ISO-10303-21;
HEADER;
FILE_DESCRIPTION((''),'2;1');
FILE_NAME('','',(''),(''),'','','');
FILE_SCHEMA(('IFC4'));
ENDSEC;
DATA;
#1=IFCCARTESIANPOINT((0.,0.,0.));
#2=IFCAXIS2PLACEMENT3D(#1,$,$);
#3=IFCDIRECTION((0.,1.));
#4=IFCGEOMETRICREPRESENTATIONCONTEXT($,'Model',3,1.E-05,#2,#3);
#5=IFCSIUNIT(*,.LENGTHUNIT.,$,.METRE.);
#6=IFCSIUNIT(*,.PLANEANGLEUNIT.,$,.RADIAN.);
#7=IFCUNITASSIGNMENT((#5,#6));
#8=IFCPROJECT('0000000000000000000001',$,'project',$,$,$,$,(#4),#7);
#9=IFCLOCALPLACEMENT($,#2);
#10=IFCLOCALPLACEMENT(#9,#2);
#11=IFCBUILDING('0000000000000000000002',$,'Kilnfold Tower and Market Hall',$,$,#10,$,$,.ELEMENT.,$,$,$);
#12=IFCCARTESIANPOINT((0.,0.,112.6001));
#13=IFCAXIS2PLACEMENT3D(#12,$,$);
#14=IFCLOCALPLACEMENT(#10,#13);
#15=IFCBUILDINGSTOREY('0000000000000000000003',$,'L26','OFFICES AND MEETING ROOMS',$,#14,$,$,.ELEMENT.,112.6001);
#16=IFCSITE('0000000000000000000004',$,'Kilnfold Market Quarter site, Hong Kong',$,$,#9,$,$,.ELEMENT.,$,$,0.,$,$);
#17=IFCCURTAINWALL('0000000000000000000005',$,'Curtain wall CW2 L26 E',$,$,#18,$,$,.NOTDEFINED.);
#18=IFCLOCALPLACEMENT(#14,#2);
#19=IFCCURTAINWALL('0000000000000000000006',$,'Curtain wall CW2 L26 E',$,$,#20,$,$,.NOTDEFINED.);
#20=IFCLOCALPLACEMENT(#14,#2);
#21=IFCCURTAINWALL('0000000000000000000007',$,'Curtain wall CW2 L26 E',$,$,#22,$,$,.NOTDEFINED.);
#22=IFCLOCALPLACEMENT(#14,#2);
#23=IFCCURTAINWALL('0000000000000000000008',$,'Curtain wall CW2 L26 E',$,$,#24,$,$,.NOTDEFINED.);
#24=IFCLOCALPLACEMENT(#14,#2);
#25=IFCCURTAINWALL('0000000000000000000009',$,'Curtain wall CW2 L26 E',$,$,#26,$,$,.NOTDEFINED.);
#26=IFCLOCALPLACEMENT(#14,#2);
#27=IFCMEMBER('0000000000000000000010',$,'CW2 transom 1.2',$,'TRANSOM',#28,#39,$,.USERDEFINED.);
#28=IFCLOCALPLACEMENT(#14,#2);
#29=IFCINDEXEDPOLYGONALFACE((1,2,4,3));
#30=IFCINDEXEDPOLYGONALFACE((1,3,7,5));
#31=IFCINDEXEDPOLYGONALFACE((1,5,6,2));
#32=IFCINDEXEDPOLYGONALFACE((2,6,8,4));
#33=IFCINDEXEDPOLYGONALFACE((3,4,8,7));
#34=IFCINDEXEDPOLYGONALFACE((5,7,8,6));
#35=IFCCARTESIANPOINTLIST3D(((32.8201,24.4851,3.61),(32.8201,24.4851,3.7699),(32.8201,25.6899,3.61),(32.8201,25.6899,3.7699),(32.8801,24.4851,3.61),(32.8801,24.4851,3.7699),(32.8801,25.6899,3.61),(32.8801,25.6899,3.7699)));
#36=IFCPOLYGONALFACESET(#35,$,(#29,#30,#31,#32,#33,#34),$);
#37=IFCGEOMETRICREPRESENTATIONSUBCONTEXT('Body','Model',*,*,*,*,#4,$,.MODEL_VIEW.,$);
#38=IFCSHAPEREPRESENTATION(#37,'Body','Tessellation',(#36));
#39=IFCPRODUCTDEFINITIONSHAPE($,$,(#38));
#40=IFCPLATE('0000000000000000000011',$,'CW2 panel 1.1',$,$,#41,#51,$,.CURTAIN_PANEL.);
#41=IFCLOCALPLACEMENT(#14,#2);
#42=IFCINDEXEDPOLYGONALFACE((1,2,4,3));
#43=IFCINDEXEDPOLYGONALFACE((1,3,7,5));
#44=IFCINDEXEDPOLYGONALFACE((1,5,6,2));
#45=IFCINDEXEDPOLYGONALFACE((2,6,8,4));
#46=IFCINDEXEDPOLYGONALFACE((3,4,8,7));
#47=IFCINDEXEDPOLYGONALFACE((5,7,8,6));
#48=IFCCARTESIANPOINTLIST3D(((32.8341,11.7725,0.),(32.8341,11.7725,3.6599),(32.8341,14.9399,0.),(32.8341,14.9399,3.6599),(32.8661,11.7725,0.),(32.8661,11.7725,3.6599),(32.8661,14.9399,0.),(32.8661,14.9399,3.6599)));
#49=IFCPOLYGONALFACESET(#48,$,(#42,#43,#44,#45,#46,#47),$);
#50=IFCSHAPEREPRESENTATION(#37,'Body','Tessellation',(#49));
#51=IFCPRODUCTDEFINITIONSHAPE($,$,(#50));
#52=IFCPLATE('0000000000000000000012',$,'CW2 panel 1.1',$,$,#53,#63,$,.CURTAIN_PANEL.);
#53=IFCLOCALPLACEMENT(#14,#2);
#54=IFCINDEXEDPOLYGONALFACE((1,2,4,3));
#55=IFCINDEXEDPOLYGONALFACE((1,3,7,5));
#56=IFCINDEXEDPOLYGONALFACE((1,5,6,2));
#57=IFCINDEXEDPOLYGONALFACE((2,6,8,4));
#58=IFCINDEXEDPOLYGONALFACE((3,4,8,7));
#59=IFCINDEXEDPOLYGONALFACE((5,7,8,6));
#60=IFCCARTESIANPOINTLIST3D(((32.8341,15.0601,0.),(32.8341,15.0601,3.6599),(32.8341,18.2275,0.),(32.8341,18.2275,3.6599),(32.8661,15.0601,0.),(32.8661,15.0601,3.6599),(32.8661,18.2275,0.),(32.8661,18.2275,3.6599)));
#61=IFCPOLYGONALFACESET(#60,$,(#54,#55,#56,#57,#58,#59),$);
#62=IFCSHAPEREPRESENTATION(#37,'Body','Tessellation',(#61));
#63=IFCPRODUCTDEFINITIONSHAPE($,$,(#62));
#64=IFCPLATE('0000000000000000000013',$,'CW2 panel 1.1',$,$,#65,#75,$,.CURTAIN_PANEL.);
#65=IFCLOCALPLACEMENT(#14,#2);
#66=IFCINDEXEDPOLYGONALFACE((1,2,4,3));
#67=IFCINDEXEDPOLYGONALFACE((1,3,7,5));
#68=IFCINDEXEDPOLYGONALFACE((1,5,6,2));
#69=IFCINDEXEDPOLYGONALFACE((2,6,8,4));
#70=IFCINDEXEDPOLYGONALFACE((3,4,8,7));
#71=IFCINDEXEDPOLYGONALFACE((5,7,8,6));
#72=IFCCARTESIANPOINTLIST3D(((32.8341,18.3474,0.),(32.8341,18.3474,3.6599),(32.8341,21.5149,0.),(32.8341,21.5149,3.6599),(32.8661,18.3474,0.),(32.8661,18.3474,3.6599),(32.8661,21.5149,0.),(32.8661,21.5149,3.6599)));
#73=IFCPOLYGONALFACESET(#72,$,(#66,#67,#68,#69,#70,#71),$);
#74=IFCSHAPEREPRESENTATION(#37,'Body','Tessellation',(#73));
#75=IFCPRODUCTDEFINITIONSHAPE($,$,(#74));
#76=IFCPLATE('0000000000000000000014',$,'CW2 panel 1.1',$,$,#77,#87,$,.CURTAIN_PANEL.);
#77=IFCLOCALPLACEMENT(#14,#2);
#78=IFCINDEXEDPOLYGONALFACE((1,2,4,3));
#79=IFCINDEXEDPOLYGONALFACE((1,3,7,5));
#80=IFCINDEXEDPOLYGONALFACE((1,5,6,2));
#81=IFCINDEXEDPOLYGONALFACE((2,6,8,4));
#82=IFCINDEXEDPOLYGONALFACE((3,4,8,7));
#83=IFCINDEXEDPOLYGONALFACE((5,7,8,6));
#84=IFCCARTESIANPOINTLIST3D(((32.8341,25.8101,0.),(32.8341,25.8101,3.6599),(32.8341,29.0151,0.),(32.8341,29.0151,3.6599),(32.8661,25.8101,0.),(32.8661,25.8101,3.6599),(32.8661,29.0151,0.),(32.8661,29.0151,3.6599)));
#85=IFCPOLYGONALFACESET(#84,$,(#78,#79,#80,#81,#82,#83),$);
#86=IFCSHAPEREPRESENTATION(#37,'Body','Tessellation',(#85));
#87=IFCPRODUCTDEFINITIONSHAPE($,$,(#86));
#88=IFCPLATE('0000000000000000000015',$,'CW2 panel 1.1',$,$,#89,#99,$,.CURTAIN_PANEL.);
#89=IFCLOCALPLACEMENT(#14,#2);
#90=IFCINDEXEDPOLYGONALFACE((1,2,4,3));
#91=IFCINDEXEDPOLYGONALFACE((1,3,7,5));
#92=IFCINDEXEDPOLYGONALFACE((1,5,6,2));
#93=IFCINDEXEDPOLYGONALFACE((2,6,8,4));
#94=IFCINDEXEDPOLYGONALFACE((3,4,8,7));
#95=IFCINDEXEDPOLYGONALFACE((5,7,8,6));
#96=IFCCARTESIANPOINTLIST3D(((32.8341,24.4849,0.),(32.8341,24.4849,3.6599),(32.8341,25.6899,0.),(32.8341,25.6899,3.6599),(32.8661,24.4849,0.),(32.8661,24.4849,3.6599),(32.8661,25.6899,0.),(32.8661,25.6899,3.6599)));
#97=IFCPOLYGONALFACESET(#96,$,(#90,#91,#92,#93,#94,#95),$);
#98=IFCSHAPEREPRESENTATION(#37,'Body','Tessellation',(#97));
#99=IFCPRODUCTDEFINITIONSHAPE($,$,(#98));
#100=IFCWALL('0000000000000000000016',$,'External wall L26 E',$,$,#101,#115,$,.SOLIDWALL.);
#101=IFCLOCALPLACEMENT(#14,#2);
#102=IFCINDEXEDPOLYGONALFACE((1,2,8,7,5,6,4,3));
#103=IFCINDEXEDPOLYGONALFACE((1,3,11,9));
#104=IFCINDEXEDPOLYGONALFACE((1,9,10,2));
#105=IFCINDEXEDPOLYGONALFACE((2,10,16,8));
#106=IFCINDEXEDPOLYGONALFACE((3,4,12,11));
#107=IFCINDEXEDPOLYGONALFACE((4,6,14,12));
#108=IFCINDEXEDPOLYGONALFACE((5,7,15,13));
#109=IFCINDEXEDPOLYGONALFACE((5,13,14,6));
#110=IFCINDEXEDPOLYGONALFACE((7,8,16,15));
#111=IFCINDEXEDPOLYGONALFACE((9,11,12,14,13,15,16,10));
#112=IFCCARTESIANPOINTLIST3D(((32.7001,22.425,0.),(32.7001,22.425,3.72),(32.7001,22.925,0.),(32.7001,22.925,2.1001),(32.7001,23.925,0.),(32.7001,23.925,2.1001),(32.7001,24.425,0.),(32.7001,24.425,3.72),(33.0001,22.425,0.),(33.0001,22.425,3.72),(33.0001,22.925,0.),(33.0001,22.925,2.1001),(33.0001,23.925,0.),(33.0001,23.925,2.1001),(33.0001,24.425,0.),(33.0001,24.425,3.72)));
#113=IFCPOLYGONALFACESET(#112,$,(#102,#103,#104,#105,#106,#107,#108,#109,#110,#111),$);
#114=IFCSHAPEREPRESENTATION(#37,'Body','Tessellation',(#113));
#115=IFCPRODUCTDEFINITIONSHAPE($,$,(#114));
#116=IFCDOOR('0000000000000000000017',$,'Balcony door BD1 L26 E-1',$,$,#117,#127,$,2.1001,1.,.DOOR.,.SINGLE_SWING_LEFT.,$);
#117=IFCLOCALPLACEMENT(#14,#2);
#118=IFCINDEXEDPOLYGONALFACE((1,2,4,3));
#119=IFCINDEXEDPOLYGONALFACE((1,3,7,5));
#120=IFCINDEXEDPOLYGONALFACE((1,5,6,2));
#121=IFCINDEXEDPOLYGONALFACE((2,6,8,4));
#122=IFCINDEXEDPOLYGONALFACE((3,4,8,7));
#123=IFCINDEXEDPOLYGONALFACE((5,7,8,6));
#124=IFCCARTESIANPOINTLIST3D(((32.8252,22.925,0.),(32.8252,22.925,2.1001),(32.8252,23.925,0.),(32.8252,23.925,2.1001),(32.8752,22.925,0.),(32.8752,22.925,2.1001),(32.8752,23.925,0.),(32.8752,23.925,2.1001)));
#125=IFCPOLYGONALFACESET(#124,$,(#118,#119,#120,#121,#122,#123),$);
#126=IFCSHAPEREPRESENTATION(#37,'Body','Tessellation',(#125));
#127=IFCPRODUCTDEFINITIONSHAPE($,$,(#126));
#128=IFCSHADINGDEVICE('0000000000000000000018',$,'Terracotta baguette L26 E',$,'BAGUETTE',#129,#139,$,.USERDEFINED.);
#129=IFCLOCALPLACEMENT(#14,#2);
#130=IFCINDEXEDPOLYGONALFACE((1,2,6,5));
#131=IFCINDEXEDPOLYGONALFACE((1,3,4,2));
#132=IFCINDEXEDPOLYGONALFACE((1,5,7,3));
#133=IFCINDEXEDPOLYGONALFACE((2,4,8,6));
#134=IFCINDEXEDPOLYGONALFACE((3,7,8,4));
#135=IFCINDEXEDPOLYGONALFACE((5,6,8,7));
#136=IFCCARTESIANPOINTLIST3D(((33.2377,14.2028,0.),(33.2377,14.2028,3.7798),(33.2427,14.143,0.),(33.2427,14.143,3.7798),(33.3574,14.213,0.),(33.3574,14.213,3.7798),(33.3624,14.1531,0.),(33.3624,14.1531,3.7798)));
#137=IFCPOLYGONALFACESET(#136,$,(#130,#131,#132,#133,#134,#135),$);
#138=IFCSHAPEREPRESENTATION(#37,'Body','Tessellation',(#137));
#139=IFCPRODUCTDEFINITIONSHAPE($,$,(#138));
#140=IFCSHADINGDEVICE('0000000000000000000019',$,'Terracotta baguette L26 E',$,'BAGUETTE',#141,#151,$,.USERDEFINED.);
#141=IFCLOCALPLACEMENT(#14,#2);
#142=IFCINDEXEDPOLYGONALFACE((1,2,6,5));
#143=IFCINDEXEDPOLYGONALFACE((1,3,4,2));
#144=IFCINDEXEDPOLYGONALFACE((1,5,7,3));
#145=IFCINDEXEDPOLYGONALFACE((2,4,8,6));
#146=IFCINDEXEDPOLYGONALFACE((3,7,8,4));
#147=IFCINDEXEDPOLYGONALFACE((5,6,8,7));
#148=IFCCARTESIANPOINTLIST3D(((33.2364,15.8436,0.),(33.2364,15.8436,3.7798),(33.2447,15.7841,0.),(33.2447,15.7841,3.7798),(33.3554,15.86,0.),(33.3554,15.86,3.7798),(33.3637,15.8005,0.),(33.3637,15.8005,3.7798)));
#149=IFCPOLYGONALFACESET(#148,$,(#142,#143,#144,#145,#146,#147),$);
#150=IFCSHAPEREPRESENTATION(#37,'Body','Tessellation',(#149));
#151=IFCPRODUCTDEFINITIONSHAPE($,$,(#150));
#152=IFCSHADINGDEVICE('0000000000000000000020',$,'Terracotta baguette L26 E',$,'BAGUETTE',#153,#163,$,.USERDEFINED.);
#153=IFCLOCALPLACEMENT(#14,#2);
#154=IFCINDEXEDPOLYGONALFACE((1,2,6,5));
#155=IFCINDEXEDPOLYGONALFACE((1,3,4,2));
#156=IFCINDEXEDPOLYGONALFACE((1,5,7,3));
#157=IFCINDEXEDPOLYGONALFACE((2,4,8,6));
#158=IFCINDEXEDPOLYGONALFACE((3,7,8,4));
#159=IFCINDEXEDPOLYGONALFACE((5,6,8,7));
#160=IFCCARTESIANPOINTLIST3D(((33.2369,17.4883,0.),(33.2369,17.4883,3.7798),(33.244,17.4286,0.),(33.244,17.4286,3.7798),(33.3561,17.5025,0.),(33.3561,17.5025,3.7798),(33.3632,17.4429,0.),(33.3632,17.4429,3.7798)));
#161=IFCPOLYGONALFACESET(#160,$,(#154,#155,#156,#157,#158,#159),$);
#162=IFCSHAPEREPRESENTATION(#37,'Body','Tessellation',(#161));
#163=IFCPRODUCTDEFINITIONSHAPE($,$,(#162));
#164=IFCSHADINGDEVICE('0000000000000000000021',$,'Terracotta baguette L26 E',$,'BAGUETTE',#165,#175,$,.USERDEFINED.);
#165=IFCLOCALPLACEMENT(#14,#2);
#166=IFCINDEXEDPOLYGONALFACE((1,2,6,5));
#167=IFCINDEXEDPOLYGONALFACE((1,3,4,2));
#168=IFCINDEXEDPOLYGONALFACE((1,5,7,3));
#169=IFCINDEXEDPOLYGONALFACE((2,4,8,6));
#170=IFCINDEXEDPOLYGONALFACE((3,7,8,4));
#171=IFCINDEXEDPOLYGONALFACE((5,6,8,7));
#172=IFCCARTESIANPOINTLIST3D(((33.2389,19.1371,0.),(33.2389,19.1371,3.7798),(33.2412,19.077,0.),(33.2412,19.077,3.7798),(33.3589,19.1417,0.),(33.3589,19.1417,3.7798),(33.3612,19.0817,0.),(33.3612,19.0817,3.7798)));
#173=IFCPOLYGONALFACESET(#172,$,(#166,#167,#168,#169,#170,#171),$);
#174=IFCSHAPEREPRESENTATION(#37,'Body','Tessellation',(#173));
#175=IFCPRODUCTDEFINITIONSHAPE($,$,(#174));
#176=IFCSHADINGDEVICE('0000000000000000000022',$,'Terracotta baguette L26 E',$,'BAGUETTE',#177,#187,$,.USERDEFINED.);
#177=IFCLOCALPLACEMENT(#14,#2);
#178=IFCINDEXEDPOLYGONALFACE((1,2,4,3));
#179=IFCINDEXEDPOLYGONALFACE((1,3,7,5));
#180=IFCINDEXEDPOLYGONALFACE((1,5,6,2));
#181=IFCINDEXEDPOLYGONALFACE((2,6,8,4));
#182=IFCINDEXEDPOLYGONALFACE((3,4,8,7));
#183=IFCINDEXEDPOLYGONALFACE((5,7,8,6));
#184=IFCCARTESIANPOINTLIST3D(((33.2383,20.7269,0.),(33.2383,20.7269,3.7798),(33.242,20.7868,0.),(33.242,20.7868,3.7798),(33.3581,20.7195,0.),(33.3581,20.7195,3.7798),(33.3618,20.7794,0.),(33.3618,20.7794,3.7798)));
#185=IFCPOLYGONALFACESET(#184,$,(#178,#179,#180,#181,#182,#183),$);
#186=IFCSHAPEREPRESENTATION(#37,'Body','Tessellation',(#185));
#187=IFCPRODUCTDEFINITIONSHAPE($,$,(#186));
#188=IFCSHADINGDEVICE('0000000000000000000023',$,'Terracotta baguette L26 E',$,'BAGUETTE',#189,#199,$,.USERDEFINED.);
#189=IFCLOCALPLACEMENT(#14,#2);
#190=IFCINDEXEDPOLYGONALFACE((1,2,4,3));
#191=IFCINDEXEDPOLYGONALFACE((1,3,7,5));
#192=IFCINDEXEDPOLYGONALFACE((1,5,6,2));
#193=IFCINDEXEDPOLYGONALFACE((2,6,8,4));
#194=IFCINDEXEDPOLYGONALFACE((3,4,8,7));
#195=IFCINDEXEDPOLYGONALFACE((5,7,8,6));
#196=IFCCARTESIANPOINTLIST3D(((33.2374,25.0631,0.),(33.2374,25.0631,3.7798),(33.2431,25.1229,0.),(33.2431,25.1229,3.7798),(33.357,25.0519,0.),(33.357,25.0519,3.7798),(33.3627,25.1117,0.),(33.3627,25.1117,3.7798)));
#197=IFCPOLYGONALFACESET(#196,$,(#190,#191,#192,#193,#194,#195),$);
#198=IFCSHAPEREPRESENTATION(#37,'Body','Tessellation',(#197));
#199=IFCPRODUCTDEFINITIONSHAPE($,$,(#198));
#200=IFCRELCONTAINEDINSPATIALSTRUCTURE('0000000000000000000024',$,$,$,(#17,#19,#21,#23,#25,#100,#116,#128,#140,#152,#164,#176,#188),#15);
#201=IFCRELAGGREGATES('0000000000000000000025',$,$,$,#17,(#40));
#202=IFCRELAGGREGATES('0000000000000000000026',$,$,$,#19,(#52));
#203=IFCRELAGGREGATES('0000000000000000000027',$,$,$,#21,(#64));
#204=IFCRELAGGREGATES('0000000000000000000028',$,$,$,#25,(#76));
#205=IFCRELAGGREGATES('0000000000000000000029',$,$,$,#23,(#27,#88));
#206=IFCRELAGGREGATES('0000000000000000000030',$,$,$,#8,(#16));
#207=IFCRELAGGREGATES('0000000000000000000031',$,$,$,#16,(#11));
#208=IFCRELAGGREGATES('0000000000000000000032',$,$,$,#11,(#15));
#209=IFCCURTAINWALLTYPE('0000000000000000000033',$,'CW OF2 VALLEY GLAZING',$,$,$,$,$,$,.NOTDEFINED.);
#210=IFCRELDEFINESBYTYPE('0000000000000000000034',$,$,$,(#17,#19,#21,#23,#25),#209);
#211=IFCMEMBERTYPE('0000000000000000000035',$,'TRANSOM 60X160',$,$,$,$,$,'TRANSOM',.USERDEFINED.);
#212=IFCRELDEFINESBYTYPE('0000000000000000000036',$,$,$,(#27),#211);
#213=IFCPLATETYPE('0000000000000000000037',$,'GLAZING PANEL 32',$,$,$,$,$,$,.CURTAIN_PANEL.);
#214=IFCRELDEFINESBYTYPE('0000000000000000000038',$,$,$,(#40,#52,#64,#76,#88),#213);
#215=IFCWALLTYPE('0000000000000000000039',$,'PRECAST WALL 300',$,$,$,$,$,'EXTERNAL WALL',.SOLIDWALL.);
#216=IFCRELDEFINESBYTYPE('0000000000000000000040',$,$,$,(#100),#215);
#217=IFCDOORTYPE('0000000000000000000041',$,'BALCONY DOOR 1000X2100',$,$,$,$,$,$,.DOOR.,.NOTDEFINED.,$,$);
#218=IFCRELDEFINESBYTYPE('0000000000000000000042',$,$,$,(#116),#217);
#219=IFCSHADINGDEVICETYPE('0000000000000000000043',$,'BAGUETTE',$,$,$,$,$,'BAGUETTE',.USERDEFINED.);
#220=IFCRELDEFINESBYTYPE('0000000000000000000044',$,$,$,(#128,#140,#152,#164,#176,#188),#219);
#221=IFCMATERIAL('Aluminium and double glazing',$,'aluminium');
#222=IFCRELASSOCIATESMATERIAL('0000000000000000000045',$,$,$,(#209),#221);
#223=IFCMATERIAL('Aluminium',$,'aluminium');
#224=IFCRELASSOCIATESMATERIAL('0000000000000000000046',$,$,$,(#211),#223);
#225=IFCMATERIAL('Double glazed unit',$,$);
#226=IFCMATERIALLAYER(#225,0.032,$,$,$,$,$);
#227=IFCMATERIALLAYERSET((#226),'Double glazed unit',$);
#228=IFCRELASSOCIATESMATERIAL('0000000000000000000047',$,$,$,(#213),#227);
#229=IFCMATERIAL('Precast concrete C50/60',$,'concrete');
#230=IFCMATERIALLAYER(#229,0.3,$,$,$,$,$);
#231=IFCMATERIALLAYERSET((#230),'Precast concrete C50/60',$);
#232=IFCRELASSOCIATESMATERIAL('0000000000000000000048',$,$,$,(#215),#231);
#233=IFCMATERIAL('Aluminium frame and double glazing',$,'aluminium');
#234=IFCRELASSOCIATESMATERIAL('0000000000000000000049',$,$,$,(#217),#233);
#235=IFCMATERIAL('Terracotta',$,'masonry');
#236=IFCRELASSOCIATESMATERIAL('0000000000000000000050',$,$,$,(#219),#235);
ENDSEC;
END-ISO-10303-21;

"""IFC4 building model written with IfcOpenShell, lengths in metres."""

from ifc_helpers import new_model, si_unit, direction, frame, frame_2d, origin, origin_2d, place, context, subcontext, project, spatial, rectangle, extrude, source, transform, mapped, material, layer, layer_set, material_profile, profile_set, type_object, element, fill, aggregate, save


model = new_model("IFC4")

# Units and contexts
model_context = context("Model", 3, precision=1e-05, world=origin(), true_north=direction((0.0, 1.0)))
body_context = subcontext(model_context, "Body", "Model", "MODEL_VIEW")
ifc_project = project(units=[si_unit("LENGTHUNIT", "METRE"), si_unit("PLANEANGLEUNIT", "RADIAN")], contexts=[model_context])

# Site, building, storey
site_placement = place(None, origin())
site = spatial("IfcSite", under=ifc_project, at=site_placement, Name="Kilnfold Market Quarter site, Hong Kong", CompositionType="ELEMENT", RefElevation=0.0)
building_placement = place(site_placement, origin())
building = spatial("IfcBuilding", under=site, at=building_placement, Name="Kilnfold Tower and Market Hall", CompositionType="ELEMENT")
storey_placement = place(building_placement, frame((0.0, 0.0, 112.6001)))
storey = spatial("IfcBuildingStorey", under=building, at=storey_placement, Name="L26", Description="OFFICES AND MEETING ROOMS", CompositionType="ELEMENT", Elevation=112.6001)

# Curtain wall
ifc_material_1 = material(Name="Aluminium and double glazing", Category="aluminium")
curtain_wall_type = type_object("IfcCurtainWallType", Name="CW OF2 VALLEY GLAZING", PredefinedType="NOTDEFINED", material=ifc_material_1)
curtain_wall_1_placement = place(storey_placement, origin())
curtain_wall_1 = element("IfcCurtainWall", 1, at=curtain_wall_1_placement, inside=storey, type_object=curtain_wall_type, Name="Curtain wall CW2 L26 E", PredefinedType="NOTDEFINED")

# Curtain walls
curtain_wall_2_placement = place(storey_placement, origin())
curtain_wall_2 = element("IfcCurtainWall", 2, at=curtain_wall_2_placement, inside=storey, type_object=curtain_wall_type, Name="Curtain wall CW2 L26 E", PredefinedType="NOTDEFINED")
curtain_wall_3_placement = place(storey_placement, origin())
curtain_wall_3 = element("IfcCurtainWall", 3, at=curtain_wall_3_placement, inside=storey, type_object=curtain_wall_type, Name="Curtain wall CW2 L26 E", PredefinedType="NOTDEFINED")
curtain_wall_4_placement = place(storey_placement, origin())
curtain_wall_4 = element("IfcCurtainWall", 4, at=curtain_wall_4_placement, inside=storey, type_object=curtain_wall_type, Name="Curtain wall CW2 L26 E", PredefinedType="NOTDEFINED")
curtain_wall_5_placement = place(storey_placement, origin())
curtain_wall_5 = element("IfcCurtainWall", 5, at=curtain_wall_5_placement, inside=storey, type_object=curtain_wall_type, Name="Curtain wall CW2 L26 E", PredefinedType="NOTDEFINED")

# Member
ifc_material_2 = material(Name="Aluminium", Category="aluminium")
ifc_material_profile_1 = material_profile(ifc_material_2, rectangle(XDim=0.0601, YDim=0.1599, at=origin_2d()), Name="TRANSOM 60x160")
ifc_profile_set_1 = profile_set([ifc_material_profile_1], Name="Aluminium")
member_type_1 = type_object("IfcMemberType", Name="TRANSOM 60X160", ElementType="TRANSOM", PredefinedType="USERDEFINED", material=ifc_profile_set_1)
shared_shape_1 = source(origin(), body_context, "Body", "SweptSolid", [
    extrude(rectangle(XDim=0.0601, YDim=0.1599, at=origin_2d()), origin(), (0.0, 0.0, 1.0), 1.2048),
])
member_1_placement = place(storey_placement, frame((32.8501, 24.4851, 3.6899), z_axis=(0.0, 1.0, 0.0), x_axis=(-1.0, 0.0, 0.0)))
member_1 = element("IfcMember", 6, at=member_1_placement, type_object=member_type_1, Name="CW2 transom 1.2", ObjectType="TRANSOM", PredefinedType="USERDEFINED", context=body_context, shape_type="MappedRepresentation", body=[
    mapped(shared_shape_1, transform((0.0, 0.0, 0.0))),
])

# Plates
ifc_material_3 = material(Name="Double glazed unit")
ifc_layer_1 = layer(ifc_material_3, 0.032)
ifc_layer_set_1 = layer_set([ifc_layer_1], Name="Double glazed unit")
plate_type = type_object("IfcPlateType", Name="GLAZING PANEL 32", PredefinedType="CURTAIN_PANEL", material=ifc_layer_set_1)
shared_shape_2 = source(origin(), body_context, "Body", "SweptSolid", [
    extrude(rectangle(XDim=3.1675, YDim=0.032, at=origin_2d()), origin(), (0.0, 0.0, 1.0), 3.6599),
])
plate_1_placement = place(storey_placement, frame((32.8501, 13.3562, 0.0), z_axis=(0.0, 0.0, 1.0), x_axis=(0.0, 1.0, 0.0)))
plate_1 = element("IfcPlate", 7, at=plate_1_placement, type_object=plate_type, Name="CW2 panel 1.1", PredefinedType="CURTAIN_PANEL", context=body_context, shape_type="MappedRepresentation", body=[
    mapped(shared_shape_2, transform((0.0, 0.0, 0.0))),
])
aggregate(curtain_wall_1, [plate_1])
plate_2_placement = place(storey_placement, frame((32.8501, 16.6438, 0.0), z_axis=(0.0, 0.0, 1.0), x_axis=(0.0, 1.0, 0.0)))
plate_2 = element("IfcPlate", 8, at=plate_2_placement, type_object=plate_type, Name="CW2 panel 1.1", PredefinedType="CURTAIN_PANEL", context=body_context, shape_type="MappedRepresentation", body=[
    mapped(shared_shape_2, transform((0.0, 0.0, 0.0))),
])
aggregate(curtain_wall_2, [plate_2])
plate_3_placement = place(storey_placement, frame((32.8501, 19.9312, 0.0), z_axis=(0.0, 0.0, 1.0), x_axis=(0.0, 1.0, 0.0)))
plate_3 = element("IfcPlate", 9, at=plate_3_placement, type_object=plate_type, Name="CW2 panel 1.1", PredefinedType="CURTAIN_PANEL", context=body_context, shape_type="MappedRepresentation", body=[
    mapped(shared_shape_2, transform((0.0, 0.0, 0.0))),
])
aggregate(curtain_wall_3, [plate_3])
shared_shape_3 = source(origin(), body_context, "Body", "SweptSolid", [
    extrude(rectangle(XDim=3.2051, YDim=0.032, at=origin_2d()), origin(), (0.0, 0.0, 1.0), 3.6599),
])
plate_4_placement = place(storey_placement, frame((32.8501, 27.4126, 0.0), z_axis=(0.0, 0.0, 1.0), x_axis=(0.0, 1.0, 0.0)))
plate_4 = element("IfcPlate", 10, at=plate_4_placement, type_object=plate_type, Name="CW2 panel 1.1", PredefinedType="CURTAIN_PANEL", context=body_context, shape_type="MappedRepresentation", body=[
    mapped(shared_shape_3, transform((0.0, 0.0, 0.0))),
])
aggregate(curtain_wall_5, [plate_4])
shared_shape_4 = source(origin(), body_context, "Body", "SweptSolid", [
    extrude(rectangle(XDim=1.2051, YDim=0.032, at=origin_2d()), origin(), (0.0, 0.0, 1.0), 3.6599),
])
plate_5_placement = place(storey_placement, frame((32.8501, 25.0874, 0.0), z_axis=(0.0, 0.0, 1.0), x_axis=(0.0, 1.0, 0.0)))
plate_5 = element("IfcPlate", 11, at=plate_5_placement, type_object=plate_type, Name="CW2 panel 1.1", PredefinedType="CURTAIN_PANEL", context=body_context, shape_type="MappedRepresentation", body=[
    mapped(shared_shape_4, transform((0.0, 0.0, 0.0))),
])
aggregate(curtain_wall_4, [member_1, plate_5])

# Wall, opening, door
ifc_material_4 = material(Name="Precast concrete C50/60", Category="concrete")
ifc_layer_2 = layer(ifc_material_4, 0.3)
ifc_layer_set_2 = layer_set([ifc_layer_2], Name="Precast concrete C50/60")
wall_type = type_object("IfcWallType", Name="PRECAST WALL 300", ElementType="EXTERNAL WALL", PredefinedType="SOLIDWALL", material=ifc_layer_set_2)
shared_shape_5 = source(origin(), body_context, "Body", "SweptSolid", [
    extrude(rectangle(XDim=2.0, YDim=0.3, at=frame_2d((1.0, 0.0))), origin(), (0.0, 0.0, 1.0), 3.72),
])
wall_placement = place(storey_placement, frame((32.8501, 22.425, 0.0), z_axis=(0.0, 0.0, 1.0), x_axis=(0.0, 1.0, 0.0)))
wall = element("IfcWall", 12, at=wall_placement, inside=storey, type_object=wall_type, Name="External wall L26 E", PredefinedType="SOLIDWALL", context=body_context, shape_type="MappedRepresentation", body=[
    mapped(shared_shape_5, transform((0.0, 0.0, 0.0))),
])
opening_placement = place(wall_placement, frame((0.5, 0.0, 0.0)))
opening = element("IfcOpeningElement", 13, at=opening_placement, cuts=wall, PredefinedType="OPENING", context=body_context, shape_type="SweptSolid", body=[
    extrude(rectangle(XDim=1.0, YDim=2.1001, at=frame_2d((0.5, 1.05))), frame((0.0, 0.1602, 0.0), z_axis=(0.0, -1.0, 0.0), x_axis=(1.0, 0.0, 0.0)), (0.0, 0.0, 1.0), 0.3201),
])
ifc_material_5 = material(Name="Aluminium frame and double glazing", Category="aluminium")
door_type = type_object("IfcDoorType", Name="BALCONY DOOR 1000X2100", OperationType="NOTDEFINED", PredefinedType="DOOR", material=ifc_material_5)
door_placement = place(opening_placement, origin())
door = element("IfcDoor", 14, at=door_placement, inside=storey, type_object=door_type, Name="Balcony door BD1 L26 E-1", OperationType="SINGLE_SWING_LEFT", OverallHeight=2.1001, OverallWidth=1.0, PredefinedType="DOOR", context=body_context, shape_type="SweptSolid", body=[
    extrude(rectangle(XDim=1.0, YDim=2.1001, at=frame_2d((0.5, 1.05))), frame((0.0, 0.0249, 0.0), z_axis=(0.0, -1.0, 0.0), x_axis=(1.0, 0.0, 0.0)), (0.0, 0.0, 1.0), 0.05),
])
fill(opening, door)

# Shading devices
ifc_material_6 = material(Name="Terracotta", Category="masonry")
ifc_material_profile_2 = material_profile(ifc_material_6, rectangle(XDim=0.0601, YDim=0.1201, at=origin_2d()), Name="BAG 60x120")
ifc_profile_set_2 = profile_set([ifc_material_profile_2], Name="Terracotta")
shading_device_type = type_object("IfcShadingDeviceType", Name="BAGUETTE", ElementType="BAGUETTE", PredefinedType="USERDEFINED", material=ifc_profile_set_2)
shared_shape_6 = source(origin(), body_context, "Body", "SweptSolid", [
    extrude(rectangle(XDim=0.0601, YDim=0.1201, at=origin_2d()), origin(), (0.0, 0.0, 1.0), 3.7798),
])
for number, where, z_axis, x_axis, name in (
    (15, (33.3, 14.178, 0.0), (0.0, 0.0, 1.0), (-0.084179, 0.996451, 0.0), "Terracotta baguette L26 E"),
    (16, (33.3, 15.822, 0.0), (0.0, 0.0, 1.0), (-0.136812, 0.990597, 0.0), "Terracotta baguette L26 E"),
    (17, (33.3, 17.4656, 0.0), (0.0, 0.0, 1.0), (-0.118562, 0.992947, 0.0), "Terracotta baguette L26 E"),
    (18, (33.3, 19.1094, 0.0), (0.0, 0.0, 1.0), (-0.038637, 0.999253, 0.0), "Terracotta baguette L26 E"),
    (19, (33.3, 20.7532, 0.0), (0.0, 0.0, 1.0), (0.061606, 0.998101, 0.0), "Terracotta baguette L26 E"),
    (20, (33.3, 25.0874, 0.0), (0.0, 0.0, 1.0), (0.093914, 0.99558, 0.0), "Terracotta baguette L26 E"),
):
    element("IfcShadingDevice", number, at=place(storey_placement, frame(where, z_axis=z_axis, x_axis=x_axis)), inside=storey, type_object=shading_device_type, Name=name, ObjectType="BAGUETTE", PredefinedType="USERDEFINED", context=body_context, shape_type="MappedRepresentation", body=[
        mapped(shared_shape_6, transform((0.0, 0.0, 0.0))),
    ])

save(model, "model.ifc")
